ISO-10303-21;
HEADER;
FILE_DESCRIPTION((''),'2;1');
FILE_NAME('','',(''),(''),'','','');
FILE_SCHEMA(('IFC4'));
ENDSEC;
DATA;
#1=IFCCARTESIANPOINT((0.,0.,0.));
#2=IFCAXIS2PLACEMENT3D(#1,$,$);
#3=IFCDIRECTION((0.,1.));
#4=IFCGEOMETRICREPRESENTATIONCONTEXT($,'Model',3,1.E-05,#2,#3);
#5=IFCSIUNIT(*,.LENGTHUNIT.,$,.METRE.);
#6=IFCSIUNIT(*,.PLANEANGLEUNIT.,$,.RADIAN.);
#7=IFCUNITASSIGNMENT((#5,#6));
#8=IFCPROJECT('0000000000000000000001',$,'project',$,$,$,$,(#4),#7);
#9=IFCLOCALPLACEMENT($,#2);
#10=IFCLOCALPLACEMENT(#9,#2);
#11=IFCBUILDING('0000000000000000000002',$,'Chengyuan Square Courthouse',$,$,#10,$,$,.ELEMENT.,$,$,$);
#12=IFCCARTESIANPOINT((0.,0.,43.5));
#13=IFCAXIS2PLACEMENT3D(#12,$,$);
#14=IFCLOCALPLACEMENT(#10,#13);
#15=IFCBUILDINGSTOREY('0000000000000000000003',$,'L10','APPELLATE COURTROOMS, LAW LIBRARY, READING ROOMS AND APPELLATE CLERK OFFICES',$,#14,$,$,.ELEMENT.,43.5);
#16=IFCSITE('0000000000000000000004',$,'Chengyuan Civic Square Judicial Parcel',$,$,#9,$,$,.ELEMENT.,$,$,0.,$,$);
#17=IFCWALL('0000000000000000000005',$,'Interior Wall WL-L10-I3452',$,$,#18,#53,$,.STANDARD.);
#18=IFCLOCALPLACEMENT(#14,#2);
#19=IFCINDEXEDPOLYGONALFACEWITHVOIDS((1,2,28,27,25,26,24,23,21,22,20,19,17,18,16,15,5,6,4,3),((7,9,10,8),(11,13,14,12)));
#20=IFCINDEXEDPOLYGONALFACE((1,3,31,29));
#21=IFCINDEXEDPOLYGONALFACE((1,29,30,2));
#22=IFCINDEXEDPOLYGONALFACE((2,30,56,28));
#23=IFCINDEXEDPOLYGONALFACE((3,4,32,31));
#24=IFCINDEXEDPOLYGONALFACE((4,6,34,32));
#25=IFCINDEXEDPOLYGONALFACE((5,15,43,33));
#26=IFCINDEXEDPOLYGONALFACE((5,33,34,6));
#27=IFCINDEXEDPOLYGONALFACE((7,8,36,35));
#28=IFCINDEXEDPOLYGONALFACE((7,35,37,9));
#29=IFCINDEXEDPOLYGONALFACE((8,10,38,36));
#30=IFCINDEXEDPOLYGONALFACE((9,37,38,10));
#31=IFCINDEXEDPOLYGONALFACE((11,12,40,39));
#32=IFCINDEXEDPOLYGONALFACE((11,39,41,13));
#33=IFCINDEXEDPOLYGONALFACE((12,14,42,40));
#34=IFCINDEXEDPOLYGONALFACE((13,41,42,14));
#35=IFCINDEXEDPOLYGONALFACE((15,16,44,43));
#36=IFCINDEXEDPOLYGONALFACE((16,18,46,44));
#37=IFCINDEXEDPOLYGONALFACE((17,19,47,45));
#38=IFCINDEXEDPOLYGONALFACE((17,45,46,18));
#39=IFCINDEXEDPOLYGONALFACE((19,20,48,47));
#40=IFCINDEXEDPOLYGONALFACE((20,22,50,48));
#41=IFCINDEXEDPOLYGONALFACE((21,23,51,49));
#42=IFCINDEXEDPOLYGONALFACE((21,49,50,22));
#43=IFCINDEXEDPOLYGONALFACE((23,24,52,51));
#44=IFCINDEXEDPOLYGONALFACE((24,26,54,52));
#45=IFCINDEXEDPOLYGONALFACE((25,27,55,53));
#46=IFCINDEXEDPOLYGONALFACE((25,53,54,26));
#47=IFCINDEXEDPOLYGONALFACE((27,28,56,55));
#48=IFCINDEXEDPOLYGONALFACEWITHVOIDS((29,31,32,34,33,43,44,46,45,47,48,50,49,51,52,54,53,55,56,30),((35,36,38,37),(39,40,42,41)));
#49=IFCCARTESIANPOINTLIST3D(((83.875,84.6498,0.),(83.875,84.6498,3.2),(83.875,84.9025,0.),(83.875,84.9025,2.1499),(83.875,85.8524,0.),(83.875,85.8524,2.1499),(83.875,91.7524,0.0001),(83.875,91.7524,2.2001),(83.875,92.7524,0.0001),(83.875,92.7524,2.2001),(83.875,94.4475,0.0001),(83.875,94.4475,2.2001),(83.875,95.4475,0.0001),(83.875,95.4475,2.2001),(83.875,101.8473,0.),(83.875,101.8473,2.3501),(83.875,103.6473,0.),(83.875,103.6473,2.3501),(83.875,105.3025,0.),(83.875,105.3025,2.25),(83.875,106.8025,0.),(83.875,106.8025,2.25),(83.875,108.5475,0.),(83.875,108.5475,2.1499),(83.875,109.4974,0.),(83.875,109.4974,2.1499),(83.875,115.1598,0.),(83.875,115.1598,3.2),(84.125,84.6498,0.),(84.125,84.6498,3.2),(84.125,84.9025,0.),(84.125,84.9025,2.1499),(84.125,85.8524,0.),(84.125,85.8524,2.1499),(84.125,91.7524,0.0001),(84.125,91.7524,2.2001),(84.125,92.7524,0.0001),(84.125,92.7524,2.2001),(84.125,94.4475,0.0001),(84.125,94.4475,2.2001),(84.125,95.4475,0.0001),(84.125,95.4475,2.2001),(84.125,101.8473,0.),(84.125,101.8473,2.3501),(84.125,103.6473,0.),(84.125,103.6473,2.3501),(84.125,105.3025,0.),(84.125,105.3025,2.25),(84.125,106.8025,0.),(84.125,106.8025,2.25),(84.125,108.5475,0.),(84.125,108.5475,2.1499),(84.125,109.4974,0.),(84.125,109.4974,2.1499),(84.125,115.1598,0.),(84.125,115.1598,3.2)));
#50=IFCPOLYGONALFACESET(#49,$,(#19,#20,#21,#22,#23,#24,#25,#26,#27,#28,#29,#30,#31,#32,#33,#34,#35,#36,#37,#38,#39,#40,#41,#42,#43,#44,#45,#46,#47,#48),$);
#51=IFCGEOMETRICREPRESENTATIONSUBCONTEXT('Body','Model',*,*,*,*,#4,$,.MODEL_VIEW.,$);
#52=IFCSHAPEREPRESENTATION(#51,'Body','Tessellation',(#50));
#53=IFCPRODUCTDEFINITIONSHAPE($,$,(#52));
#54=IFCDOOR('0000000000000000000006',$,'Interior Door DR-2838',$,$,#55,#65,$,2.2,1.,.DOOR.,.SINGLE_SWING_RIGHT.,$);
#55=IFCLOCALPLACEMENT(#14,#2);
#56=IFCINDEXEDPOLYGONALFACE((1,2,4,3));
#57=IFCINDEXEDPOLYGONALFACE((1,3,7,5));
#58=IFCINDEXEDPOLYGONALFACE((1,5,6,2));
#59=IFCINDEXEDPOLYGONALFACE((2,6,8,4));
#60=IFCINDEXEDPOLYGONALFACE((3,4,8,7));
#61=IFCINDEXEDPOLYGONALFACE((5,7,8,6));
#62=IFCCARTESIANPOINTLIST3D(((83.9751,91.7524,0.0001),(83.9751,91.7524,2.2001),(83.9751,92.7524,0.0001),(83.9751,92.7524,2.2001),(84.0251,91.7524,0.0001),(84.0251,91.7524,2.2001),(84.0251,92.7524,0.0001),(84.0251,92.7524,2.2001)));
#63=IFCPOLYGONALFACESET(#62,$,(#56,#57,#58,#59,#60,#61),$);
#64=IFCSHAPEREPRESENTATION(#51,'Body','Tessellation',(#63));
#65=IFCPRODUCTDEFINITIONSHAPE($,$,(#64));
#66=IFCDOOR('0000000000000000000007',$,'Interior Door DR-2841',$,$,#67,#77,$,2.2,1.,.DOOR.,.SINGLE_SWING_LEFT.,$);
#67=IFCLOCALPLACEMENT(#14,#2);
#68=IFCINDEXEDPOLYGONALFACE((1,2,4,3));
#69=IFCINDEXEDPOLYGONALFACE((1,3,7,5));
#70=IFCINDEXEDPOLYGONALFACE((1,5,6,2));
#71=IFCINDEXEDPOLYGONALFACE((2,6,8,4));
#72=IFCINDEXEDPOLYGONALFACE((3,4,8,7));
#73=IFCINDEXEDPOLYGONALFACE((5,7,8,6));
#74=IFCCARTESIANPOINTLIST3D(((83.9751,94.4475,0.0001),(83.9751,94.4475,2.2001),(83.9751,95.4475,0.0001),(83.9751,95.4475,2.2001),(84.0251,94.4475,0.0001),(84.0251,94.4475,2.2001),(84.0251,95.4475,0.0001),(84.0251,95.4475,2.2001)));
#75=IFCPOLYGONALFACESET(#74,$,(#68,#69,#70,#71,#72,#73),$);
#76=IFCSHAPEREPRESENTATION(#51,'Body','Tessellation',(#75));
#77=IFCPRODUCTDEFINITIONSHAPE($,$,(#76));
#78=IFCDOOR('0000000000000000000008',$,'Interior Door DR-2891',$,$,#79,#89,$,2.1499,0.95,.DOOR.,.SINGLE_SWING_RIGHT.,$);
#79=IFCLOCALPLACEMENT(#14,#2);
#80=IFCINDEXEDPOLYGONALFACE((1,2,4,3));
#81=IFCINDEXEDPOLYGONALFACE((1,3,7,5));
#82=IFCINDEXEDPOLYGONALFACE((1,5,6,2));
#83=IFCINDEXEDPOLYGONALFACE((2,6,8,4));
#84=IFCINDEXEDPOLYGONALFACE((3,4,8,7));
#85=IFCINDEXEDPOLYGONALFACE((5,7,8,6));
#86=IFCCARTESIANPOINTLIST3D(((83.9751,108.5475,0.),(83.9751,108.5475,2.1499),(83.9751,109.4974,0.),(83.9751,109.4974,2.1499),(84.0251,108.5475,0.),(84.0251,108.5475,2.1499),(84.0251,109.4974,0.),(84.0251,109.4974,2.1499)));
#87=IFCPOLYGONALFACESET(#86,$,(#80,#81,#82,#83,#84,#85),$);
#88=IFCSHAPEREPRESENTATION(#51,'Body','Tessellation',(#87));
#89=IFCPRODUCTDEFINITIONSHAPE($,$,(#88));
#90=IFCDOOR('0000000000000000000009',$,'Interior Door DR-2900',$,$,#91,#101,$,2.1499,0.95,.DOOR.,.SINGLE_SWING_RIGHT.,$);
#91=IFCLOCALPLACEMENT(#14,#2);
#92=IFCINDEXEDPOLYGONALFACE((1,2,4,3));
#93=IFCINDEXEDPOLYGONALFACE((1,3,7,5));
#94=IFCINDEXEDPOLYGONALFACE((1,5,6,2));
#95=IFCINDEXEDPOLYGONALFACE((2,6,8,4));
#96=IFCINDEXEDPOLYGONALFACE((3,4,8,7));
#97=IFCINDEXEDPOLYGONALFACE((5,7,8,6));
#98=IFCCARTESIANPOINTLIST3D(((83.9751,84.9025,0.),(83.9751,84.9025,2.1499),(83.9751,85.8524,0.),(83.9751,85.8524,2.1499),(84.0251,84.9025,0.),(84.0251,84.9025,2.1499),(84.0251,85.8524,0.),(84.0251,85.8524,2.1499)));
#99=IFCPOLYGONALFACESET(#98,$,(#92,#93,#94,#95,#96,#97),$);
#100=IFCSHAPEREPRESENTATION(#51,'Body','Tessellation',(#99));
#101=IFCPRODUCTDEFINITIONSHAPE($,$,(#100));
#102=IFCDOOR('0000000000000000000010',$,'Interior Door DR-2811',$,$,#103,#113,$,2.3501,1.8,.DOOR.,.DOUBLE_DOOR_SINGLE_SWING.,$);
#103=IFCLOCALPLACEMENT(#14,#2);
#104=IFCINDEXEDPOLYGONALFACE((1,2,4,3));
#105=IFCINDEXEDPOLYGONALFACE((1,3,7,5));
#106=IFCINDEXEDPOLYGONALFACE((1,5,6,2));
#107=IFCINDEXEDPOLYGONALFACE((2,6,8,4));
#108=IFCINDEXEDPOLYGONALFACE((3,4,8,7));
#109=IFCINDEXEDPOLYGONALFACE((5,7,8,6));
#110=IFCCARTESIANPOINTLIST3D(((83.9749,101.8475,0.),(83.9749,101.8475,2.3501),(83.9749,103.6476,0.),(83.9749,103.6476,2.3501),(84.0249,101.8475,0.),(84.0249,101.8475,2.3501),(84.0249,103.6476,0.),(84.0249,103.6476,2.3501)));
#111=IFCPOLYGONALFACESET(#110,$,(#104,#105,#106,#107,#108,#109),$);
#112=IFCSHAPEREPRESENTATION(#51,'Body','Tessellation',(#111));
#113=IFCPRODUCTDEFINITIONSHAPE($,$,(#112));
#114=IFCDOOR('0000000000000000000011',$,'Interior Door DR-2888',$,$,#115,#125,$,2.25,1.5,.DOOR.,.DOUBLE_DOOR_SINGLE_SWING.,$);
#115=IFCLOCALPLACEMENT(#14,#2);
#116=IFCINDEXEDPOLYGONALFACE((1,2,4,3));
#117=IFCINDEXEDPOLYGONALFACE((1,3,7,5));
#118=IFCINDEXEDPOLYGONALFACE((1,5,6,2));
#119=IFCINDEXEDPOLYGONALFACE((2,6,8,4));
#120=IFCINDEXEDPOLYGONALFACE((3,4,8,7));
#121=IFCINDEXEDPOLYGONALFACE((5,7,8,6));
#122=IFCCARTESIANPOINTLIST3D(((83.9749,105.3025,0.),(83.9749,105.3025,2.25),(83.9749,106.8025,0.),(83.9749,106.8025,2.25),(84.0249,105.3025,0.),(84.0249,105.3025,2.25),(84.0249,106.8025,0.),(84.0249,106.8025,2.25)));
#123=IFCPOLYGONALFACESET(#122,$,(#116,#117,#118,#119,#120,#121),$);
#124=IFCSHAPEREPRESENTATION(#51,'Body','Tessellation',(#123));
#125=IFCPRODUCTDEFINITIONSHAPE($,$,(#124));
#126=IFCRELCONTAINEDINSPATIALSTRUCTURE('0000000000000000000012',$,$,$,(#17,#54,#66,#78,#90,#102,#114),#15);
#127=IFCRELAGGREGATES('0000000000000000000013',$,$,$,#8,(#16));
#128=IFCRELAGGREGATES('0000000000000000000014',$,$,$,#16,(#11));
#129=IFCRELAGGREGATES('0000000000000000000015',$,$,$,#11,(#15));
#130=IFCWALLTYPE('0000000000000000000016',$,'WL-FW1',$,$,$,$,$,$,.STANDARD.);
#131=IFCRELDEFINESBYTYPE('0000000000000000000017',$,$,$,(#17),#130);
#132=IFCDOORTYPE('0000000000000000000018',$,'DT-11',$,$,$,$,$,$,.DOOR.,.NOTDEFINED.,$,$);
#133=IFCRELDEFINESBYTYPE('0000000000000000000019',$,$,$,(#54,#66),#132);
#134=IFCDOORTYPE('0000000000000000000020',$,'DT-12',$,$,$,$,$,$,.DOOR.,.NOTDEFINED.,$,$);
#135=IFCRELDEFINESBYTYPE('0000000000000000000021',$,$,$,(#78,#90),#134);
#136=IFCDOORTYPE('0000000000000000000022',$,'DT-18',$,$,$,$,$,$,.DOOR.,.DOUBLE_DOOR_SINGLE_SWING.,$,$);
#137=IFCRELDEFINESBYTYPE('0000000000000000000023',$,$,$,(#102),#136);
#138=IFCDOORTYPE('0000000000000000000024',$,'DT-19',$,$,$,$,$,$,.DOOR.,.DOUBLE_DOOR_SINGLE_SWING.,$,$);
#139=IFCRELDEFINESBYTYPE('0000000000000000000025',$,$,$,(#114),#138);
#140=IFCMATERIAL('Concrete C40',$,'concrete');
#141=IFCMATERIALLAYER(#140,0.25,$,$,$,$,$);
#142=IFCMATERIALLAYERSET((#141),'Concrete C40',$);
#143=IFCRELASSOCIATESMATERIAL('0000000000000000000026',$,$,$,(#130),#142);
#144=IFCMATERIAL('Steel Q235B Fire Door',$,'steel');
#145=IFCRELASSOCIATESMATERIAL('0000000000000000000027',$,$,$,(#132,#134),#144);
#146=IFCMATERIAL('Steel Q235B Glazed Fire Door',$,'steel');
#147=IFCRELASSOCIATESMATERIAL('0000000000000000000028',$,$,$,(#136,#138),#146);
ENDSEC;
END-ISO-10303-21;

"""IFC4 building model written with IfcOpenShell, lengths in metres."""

from ifc_helpers import new_model, si_unit, direction, frame, frame_2d, origin, place, context, subcontext, project, spatial, rectangle, extrude, material, layer, layer_set, type_object, element, fill, save


model = new_model("IFC4")

# Units and contexts
model_context = context("Model", 3, precision=1e-05, world=origin(), true_north=direction((0.0, 1.0)))
body_context = subcontext(model_context, "Body", "Model", "MODEL_VIEW")
ifc_project = project(units=[si_unit("LENGTHUNIT", "METRE"), si_unit("PLANEANGLEUNIT", "RADIAN")], contexts=[model_context])

# Site, building, storey
site_placement = place(None, origin())
site = spatial("IfcSite", under=ifc_project, at=site_placement, Name="Chengyuan Civic Square Judicial Parcel", CompositionType="ELEMENT", RefElevation=0.0)
building_placement = place(site_placement, origin())
building = spatial("IfcBuilding", under=site, at=building_placement, Name="Chengyuan Square Courthouse", CompositionType="ELEMENT")
storey_placement = place(building_placement, frame((0.0, 0.0, 43.5)))
storey = spatial("IfcBuildingStorey", under=building, at=storey_placement, Name="L10", Description="APPELLATE COURTROOMS, LAW LIBRARY, READING ROOMS AND APPELLATE CLERK OFFICES", CompositionType="ELEMENT", Elevation=43.5)

# Shared definitions
ifc_material_1 = material(Name="Concrete C40", Category="concrete")

# Wall, openings, doors
ifc_layer_1 = layer(ifc_material_1, 0.25)
ifc_layer_set_1 = layer_set([ifc_layer_1], Name="Concrete C40")
wall_type_1 = type_object("IfcWallType", Name="WL-FW1", PredefinedType="STANDARD", material=ifc_layer_set_1)
wall_1_placement = place(storey_placement, frame((84.0, 84.6499, 0.0), z_axis=(0.0, 0.0, 1.0), x_axis=(0.0, 1.0, 0.0)))
wall_1 = element("IfcWall", 1, at=wall_1_placement, inside=storey, type_object=wall_type_1, Name="Interior Wall WL-L10-I3452", PredefinedType="STANDARD", context=body_context, shape_type="SweptSolid", body=[
    extrude(rectangle(XDim=30.51, YDim=0.25, at=frame_2d((15.2549, 0.0))), origin(), (0.0, 0.0, 1.0), 3.2),
])
opening_1_placement = place(wall_1_placement, frame((17.1975, 0.0, 0.0)))
opening_1 = element("IfcOpeningElement", 2, at=opening_1_placement, cuts=wall_1, PredefinedType="OPENING", context=body_context, shape_type="SweptSolid", body=[
    extrude(rectangle(XDim=1.8, YDim=2.3501, at=frame_2d((0.8999, 1.175))), frame((0.0, 0.137, 0.0), z_axis=(0.0, -1.0, 0.0), x_axis=(1.0, 0.0, 0.0)), (0.0, 0.0, 1.0), 0.2739),
])
opening_2_placement = place(wall_1_placement, frame((7.1025, 0.0, 0.0)))
opening_2 = element("IfcOpeningElement", 3, at=opening_2_placement, cuts=wall_1, PredefinedType="OPENING", context=body_context, shape_type="SweptSolid", body=[
    extrude(rectangle(XDim=1.0, YDim=2.2, at=frame_2d((0.5, 1.1001))), frame((0.0, 0.137, 0.0), z_axis=(0.0, -1.0, 0.0), x_axis=(1.0, 0.0, 0.0)), (0.0, 0.0, 1.0), 0.2739),
])
opening_3_placement = place(wall_1_placement, frame((9.7976, 0.0, 0.0)))
opening_3 = element("IfcOpeningElement", 4, at=opening_3_placement, cuts=wall_1, PredefinedType="OPENING", context=body_context, shape_type="SweptSolid", body=[
    extrude(rectangle(XDim=1.0, YDim=2.2, at=frame_2d((0.5, 1.1001))), frame((0.0, 0.137, 0.0), z_axis=(0.0, -1.0, 0.0), x_axis=(1.0, 0.0, 0.0)), (0.0, 0.0, 1.0), 0.2739),
])
opening_4_placement = place(wall_1_placement, frame((20.6526, 0.0, 0.0)))
opening_4 = element("IfcOpeningElement", 5, at=opening_4_placement, cuts=wall_1, PredefinedType="OPENING", context=body_context, shape_type="SweptSolid", body=[
    extrude(rectangle(XDim=1.5, YDim=2.25, at=frame_2d((0.75, 1.125))), frame((0.0, 0.137, 0.0), z_axis=(0.0, -1.0, 0.0), x_axis=(1.0, 0.0, 0.0)), (0.0, 0.0, 1.0), 0.2739),
])
opening_5_placement = place(wall_1_placement, frame((23.8975, 0.0, 0.0)))
opening_5 = element("IfcOpeningElement", 6, at=opening_5_placement, cuts=wall_1, PredefinedType="OPENING", context=body_context, shape_type="SweptSolid", body=[
    extrude(rectangle(XDim=0.95, YDim=2.1499, at=frame_2d((0.4751, 1.075))), frame((0.0, 0.137, 0.0), z_axis=(0.0, -1.0, 0.0), x_axis=(1.0, 0.0, 0.0)), (0.0, 0.0, 1.0), 0.2739),
])
opening_6_placement = place(wall_1_placement, frame((0.2524, 0.0, 0.0)))
opening_6 = element("IfcOpeningElement", 7, at=opening_6_placement, cuts=wall_1, PredefinedType="OPENING", context=body_context, shape_type="SweptSolid", body=[
    extrude(rectangle(XDim=0.95, YDim=2.1499, at=frame_2d((0.4751, 1.075))), frame((0.0, 0.137, 0.0), z_axis=(0.0, -1.0, 0.0), x_axis=(1.0, 0.0, 0.0)), (0.0, 0.0, 1.0), 0.2739),
])
ifc_material_2 = material(Name="Steel Q235B Fire Door", Category="steel")
door_type_1 = type_object("IfcDoorType", Name="DT-11", OperationType="NOTDEFINED", PredefinedType="DOOR", material=ifc_material_2)
door_1_placement = place(opening_2_placement, origin())
door_1 = element("IfcDoor", 8, at=door_1_placement, inside=storey, type_object=door_type_1, Name="Interior Door DR-2838", OperationType="SINGLE_SWING_RIGHT", OverallHeight=2.2, OverallWidth=1.0, PredefinedType="DOOR", context=body_context, shape_type="SweptSolid", body=[
    extrude(rectangle(XDim=1.0, YDim=2.2, at=frame_2d((0.5, 1.1001))), frame((0.0, 0.0249, 0.0), z_axis=(0.0, -1.0, 0.0), x_axis=(1.0, 0.0, 0.0)), (0.0, 0.0, 1.0), 0.05),
])
fill(opening_2, door_1)
door_2_placement = place(opening_3_placement, origin())
door_2 = element("IfcDoor", 9, at=door_2_placement, inside=storey, type_object=door_type_1, Name="Interior Door DR-2841", OperationType="SINGLE_SWING_LEFT", OverallHeight=2.2, OverallWidth=1.0, PredefinedType="DOOR", context=body_context, shape_type="SweptSolid", body=[
    extrude(rectangle(XDim=1.0, YDim=2.2, at=frame_2d((0.5, 1.1001))), frame((0.0, 0.0249, 0.0), z_axis=(0.0, -1.0, 0.0), x_axis=(1.0, 0.0, 0.0)), (0.0, 0.0, 1.0), 0.05),
])
fill(opening_3, door_2)
door_type_2 = type_object("IfcDoorType", Name="DT-12", OperationType="NOTDEFINED", PredefinedType="DOOR", material=ifc_material_2)
door_3_placement = place(opening_5_placement, origin())
door_3 = element("IfcDoor", 10, at=door_3_placement, inside=storey, type_object=door_type_2, Name="Interior Door DR-2891", OperationType="SINGLE_SWING_RIGHT", OverallHeight=2.1499, OverallWidth=0.95, PredefinedType="DOOR", context=body_context, shape_type="SweptSolid", body=[
    extrude(rectangle(XDim=0.95, YDim=2.1499, at=frame_2d((0.4751, 1.075))), frame((0.0, 0.0249, 0.0), z_axis=(0.0, -1.0, 0.0), x_axis=(1.0, 0.0, 0.0)), (0.0, 0.0, 1.0), 0.05),
])
fill(opening_5, door_3)
door_4_placement = place(opening_6_placement, origin())
door_4 = element("IfcDoor", 11, at=door_4_placement, inside=storey, type_object=door_type_2, Name="Interior Door DR-2900", OperationType="SINGLE_SWING_RIGHT", OverallHeight=2.1499, OverallWidth=0.95, PredefinedType="DOOR", context=body_context, shape_type="SweptSolid", body=[
    extrude(rectangle(XDim=0.95, YDim=2.1499, at=frame_2d((0.4751, 1.075))), frame((0.0, 0.0249, 0.0), z_axis=(0.0, -1.0, 0.0), x_axis=(1.0, 0.0, 0.0)), (0.0, 0.0, 1.0), 0.05),
])
fill(opening_6, door_4)
ifc_material_3 = material(Name="Steel Q235B Glazed Fire Door", Category="steel")
door_type_3 = type_object("IfcDoorType", Name="DT-18", OperationType="DOUBLE_DOOR_SINGLE_SWING", PredefinedType="DOOR", material=ifc_material_3)
door_5_placement = place(opening_1_placement, frame((1.8, 0.0, 0.0), z_axis=(0.0, 0.0, 1.0), x_axis=(-1.0, 0.0, 0.0)))
door_5 = element("IfcDoor", 12, at=door_5_placement, inside=storey, type_object=door_type_3, Name="Interior Door DR-2811", OperationType="DOUBLE_DOOR_SINGLE_SWING", OverallHeight=2.3501, OverallWidth=1.8, PredefinedType="DOOR", context=body_context, shape_type="SweptSolid", body=[
    extrude(rectangle(XDim=1.8, YDim=2.3501, at=frame_2d((0.8999, 1.175))), frame((0.0, 0.0249, 0.0), z_axis=(0.0, -1.0, 0.0), x_axis=(1.0, 0.0, 0.0)), (0.0, 0.0, 1.0), 0.05),
])
fill(opening_1, door_5)
door_type_4 = type_object("IfcDoorType", Name="DT-19", OperationType="DOUBLE_DOOR_SINGLE_SWING", PredefinedType="DOOR", material=ifc_material_3)
door_6_placement = place(opening_4_placement, frame((1.5, 0.0, 0.0), z_axis=(0.0, 0.0, 1.0), x_axis=(-1.0, 0.0, 0.0)))
door_6 = element("IfcDoor", 13, at=door_6_placement, inside=storey, type_object=door_type_4, Name="Interior Door DR-2888", OperationType="DOUBLE_DOOR_SINGLE_SWING", OverallHeight=2.25, OverallWidth=1.5, PredefinedType="DOOR", context=body_context, shape_type="SweptSolid", body=[
    extrude(rectangle(XDim=1.5, YDim=2.25, at=frame_2d((0.75, 1.125))), frame((0.0, 0.0249, 0.0), z_axis=(0.0, -1.0, 0.0), x_axis=(1.0, 0.0, 0.0)), (0.0, 0.0, 1.0), 0.05),
])
fill(opening_4, door_6)

save(model, "model.ifc")
